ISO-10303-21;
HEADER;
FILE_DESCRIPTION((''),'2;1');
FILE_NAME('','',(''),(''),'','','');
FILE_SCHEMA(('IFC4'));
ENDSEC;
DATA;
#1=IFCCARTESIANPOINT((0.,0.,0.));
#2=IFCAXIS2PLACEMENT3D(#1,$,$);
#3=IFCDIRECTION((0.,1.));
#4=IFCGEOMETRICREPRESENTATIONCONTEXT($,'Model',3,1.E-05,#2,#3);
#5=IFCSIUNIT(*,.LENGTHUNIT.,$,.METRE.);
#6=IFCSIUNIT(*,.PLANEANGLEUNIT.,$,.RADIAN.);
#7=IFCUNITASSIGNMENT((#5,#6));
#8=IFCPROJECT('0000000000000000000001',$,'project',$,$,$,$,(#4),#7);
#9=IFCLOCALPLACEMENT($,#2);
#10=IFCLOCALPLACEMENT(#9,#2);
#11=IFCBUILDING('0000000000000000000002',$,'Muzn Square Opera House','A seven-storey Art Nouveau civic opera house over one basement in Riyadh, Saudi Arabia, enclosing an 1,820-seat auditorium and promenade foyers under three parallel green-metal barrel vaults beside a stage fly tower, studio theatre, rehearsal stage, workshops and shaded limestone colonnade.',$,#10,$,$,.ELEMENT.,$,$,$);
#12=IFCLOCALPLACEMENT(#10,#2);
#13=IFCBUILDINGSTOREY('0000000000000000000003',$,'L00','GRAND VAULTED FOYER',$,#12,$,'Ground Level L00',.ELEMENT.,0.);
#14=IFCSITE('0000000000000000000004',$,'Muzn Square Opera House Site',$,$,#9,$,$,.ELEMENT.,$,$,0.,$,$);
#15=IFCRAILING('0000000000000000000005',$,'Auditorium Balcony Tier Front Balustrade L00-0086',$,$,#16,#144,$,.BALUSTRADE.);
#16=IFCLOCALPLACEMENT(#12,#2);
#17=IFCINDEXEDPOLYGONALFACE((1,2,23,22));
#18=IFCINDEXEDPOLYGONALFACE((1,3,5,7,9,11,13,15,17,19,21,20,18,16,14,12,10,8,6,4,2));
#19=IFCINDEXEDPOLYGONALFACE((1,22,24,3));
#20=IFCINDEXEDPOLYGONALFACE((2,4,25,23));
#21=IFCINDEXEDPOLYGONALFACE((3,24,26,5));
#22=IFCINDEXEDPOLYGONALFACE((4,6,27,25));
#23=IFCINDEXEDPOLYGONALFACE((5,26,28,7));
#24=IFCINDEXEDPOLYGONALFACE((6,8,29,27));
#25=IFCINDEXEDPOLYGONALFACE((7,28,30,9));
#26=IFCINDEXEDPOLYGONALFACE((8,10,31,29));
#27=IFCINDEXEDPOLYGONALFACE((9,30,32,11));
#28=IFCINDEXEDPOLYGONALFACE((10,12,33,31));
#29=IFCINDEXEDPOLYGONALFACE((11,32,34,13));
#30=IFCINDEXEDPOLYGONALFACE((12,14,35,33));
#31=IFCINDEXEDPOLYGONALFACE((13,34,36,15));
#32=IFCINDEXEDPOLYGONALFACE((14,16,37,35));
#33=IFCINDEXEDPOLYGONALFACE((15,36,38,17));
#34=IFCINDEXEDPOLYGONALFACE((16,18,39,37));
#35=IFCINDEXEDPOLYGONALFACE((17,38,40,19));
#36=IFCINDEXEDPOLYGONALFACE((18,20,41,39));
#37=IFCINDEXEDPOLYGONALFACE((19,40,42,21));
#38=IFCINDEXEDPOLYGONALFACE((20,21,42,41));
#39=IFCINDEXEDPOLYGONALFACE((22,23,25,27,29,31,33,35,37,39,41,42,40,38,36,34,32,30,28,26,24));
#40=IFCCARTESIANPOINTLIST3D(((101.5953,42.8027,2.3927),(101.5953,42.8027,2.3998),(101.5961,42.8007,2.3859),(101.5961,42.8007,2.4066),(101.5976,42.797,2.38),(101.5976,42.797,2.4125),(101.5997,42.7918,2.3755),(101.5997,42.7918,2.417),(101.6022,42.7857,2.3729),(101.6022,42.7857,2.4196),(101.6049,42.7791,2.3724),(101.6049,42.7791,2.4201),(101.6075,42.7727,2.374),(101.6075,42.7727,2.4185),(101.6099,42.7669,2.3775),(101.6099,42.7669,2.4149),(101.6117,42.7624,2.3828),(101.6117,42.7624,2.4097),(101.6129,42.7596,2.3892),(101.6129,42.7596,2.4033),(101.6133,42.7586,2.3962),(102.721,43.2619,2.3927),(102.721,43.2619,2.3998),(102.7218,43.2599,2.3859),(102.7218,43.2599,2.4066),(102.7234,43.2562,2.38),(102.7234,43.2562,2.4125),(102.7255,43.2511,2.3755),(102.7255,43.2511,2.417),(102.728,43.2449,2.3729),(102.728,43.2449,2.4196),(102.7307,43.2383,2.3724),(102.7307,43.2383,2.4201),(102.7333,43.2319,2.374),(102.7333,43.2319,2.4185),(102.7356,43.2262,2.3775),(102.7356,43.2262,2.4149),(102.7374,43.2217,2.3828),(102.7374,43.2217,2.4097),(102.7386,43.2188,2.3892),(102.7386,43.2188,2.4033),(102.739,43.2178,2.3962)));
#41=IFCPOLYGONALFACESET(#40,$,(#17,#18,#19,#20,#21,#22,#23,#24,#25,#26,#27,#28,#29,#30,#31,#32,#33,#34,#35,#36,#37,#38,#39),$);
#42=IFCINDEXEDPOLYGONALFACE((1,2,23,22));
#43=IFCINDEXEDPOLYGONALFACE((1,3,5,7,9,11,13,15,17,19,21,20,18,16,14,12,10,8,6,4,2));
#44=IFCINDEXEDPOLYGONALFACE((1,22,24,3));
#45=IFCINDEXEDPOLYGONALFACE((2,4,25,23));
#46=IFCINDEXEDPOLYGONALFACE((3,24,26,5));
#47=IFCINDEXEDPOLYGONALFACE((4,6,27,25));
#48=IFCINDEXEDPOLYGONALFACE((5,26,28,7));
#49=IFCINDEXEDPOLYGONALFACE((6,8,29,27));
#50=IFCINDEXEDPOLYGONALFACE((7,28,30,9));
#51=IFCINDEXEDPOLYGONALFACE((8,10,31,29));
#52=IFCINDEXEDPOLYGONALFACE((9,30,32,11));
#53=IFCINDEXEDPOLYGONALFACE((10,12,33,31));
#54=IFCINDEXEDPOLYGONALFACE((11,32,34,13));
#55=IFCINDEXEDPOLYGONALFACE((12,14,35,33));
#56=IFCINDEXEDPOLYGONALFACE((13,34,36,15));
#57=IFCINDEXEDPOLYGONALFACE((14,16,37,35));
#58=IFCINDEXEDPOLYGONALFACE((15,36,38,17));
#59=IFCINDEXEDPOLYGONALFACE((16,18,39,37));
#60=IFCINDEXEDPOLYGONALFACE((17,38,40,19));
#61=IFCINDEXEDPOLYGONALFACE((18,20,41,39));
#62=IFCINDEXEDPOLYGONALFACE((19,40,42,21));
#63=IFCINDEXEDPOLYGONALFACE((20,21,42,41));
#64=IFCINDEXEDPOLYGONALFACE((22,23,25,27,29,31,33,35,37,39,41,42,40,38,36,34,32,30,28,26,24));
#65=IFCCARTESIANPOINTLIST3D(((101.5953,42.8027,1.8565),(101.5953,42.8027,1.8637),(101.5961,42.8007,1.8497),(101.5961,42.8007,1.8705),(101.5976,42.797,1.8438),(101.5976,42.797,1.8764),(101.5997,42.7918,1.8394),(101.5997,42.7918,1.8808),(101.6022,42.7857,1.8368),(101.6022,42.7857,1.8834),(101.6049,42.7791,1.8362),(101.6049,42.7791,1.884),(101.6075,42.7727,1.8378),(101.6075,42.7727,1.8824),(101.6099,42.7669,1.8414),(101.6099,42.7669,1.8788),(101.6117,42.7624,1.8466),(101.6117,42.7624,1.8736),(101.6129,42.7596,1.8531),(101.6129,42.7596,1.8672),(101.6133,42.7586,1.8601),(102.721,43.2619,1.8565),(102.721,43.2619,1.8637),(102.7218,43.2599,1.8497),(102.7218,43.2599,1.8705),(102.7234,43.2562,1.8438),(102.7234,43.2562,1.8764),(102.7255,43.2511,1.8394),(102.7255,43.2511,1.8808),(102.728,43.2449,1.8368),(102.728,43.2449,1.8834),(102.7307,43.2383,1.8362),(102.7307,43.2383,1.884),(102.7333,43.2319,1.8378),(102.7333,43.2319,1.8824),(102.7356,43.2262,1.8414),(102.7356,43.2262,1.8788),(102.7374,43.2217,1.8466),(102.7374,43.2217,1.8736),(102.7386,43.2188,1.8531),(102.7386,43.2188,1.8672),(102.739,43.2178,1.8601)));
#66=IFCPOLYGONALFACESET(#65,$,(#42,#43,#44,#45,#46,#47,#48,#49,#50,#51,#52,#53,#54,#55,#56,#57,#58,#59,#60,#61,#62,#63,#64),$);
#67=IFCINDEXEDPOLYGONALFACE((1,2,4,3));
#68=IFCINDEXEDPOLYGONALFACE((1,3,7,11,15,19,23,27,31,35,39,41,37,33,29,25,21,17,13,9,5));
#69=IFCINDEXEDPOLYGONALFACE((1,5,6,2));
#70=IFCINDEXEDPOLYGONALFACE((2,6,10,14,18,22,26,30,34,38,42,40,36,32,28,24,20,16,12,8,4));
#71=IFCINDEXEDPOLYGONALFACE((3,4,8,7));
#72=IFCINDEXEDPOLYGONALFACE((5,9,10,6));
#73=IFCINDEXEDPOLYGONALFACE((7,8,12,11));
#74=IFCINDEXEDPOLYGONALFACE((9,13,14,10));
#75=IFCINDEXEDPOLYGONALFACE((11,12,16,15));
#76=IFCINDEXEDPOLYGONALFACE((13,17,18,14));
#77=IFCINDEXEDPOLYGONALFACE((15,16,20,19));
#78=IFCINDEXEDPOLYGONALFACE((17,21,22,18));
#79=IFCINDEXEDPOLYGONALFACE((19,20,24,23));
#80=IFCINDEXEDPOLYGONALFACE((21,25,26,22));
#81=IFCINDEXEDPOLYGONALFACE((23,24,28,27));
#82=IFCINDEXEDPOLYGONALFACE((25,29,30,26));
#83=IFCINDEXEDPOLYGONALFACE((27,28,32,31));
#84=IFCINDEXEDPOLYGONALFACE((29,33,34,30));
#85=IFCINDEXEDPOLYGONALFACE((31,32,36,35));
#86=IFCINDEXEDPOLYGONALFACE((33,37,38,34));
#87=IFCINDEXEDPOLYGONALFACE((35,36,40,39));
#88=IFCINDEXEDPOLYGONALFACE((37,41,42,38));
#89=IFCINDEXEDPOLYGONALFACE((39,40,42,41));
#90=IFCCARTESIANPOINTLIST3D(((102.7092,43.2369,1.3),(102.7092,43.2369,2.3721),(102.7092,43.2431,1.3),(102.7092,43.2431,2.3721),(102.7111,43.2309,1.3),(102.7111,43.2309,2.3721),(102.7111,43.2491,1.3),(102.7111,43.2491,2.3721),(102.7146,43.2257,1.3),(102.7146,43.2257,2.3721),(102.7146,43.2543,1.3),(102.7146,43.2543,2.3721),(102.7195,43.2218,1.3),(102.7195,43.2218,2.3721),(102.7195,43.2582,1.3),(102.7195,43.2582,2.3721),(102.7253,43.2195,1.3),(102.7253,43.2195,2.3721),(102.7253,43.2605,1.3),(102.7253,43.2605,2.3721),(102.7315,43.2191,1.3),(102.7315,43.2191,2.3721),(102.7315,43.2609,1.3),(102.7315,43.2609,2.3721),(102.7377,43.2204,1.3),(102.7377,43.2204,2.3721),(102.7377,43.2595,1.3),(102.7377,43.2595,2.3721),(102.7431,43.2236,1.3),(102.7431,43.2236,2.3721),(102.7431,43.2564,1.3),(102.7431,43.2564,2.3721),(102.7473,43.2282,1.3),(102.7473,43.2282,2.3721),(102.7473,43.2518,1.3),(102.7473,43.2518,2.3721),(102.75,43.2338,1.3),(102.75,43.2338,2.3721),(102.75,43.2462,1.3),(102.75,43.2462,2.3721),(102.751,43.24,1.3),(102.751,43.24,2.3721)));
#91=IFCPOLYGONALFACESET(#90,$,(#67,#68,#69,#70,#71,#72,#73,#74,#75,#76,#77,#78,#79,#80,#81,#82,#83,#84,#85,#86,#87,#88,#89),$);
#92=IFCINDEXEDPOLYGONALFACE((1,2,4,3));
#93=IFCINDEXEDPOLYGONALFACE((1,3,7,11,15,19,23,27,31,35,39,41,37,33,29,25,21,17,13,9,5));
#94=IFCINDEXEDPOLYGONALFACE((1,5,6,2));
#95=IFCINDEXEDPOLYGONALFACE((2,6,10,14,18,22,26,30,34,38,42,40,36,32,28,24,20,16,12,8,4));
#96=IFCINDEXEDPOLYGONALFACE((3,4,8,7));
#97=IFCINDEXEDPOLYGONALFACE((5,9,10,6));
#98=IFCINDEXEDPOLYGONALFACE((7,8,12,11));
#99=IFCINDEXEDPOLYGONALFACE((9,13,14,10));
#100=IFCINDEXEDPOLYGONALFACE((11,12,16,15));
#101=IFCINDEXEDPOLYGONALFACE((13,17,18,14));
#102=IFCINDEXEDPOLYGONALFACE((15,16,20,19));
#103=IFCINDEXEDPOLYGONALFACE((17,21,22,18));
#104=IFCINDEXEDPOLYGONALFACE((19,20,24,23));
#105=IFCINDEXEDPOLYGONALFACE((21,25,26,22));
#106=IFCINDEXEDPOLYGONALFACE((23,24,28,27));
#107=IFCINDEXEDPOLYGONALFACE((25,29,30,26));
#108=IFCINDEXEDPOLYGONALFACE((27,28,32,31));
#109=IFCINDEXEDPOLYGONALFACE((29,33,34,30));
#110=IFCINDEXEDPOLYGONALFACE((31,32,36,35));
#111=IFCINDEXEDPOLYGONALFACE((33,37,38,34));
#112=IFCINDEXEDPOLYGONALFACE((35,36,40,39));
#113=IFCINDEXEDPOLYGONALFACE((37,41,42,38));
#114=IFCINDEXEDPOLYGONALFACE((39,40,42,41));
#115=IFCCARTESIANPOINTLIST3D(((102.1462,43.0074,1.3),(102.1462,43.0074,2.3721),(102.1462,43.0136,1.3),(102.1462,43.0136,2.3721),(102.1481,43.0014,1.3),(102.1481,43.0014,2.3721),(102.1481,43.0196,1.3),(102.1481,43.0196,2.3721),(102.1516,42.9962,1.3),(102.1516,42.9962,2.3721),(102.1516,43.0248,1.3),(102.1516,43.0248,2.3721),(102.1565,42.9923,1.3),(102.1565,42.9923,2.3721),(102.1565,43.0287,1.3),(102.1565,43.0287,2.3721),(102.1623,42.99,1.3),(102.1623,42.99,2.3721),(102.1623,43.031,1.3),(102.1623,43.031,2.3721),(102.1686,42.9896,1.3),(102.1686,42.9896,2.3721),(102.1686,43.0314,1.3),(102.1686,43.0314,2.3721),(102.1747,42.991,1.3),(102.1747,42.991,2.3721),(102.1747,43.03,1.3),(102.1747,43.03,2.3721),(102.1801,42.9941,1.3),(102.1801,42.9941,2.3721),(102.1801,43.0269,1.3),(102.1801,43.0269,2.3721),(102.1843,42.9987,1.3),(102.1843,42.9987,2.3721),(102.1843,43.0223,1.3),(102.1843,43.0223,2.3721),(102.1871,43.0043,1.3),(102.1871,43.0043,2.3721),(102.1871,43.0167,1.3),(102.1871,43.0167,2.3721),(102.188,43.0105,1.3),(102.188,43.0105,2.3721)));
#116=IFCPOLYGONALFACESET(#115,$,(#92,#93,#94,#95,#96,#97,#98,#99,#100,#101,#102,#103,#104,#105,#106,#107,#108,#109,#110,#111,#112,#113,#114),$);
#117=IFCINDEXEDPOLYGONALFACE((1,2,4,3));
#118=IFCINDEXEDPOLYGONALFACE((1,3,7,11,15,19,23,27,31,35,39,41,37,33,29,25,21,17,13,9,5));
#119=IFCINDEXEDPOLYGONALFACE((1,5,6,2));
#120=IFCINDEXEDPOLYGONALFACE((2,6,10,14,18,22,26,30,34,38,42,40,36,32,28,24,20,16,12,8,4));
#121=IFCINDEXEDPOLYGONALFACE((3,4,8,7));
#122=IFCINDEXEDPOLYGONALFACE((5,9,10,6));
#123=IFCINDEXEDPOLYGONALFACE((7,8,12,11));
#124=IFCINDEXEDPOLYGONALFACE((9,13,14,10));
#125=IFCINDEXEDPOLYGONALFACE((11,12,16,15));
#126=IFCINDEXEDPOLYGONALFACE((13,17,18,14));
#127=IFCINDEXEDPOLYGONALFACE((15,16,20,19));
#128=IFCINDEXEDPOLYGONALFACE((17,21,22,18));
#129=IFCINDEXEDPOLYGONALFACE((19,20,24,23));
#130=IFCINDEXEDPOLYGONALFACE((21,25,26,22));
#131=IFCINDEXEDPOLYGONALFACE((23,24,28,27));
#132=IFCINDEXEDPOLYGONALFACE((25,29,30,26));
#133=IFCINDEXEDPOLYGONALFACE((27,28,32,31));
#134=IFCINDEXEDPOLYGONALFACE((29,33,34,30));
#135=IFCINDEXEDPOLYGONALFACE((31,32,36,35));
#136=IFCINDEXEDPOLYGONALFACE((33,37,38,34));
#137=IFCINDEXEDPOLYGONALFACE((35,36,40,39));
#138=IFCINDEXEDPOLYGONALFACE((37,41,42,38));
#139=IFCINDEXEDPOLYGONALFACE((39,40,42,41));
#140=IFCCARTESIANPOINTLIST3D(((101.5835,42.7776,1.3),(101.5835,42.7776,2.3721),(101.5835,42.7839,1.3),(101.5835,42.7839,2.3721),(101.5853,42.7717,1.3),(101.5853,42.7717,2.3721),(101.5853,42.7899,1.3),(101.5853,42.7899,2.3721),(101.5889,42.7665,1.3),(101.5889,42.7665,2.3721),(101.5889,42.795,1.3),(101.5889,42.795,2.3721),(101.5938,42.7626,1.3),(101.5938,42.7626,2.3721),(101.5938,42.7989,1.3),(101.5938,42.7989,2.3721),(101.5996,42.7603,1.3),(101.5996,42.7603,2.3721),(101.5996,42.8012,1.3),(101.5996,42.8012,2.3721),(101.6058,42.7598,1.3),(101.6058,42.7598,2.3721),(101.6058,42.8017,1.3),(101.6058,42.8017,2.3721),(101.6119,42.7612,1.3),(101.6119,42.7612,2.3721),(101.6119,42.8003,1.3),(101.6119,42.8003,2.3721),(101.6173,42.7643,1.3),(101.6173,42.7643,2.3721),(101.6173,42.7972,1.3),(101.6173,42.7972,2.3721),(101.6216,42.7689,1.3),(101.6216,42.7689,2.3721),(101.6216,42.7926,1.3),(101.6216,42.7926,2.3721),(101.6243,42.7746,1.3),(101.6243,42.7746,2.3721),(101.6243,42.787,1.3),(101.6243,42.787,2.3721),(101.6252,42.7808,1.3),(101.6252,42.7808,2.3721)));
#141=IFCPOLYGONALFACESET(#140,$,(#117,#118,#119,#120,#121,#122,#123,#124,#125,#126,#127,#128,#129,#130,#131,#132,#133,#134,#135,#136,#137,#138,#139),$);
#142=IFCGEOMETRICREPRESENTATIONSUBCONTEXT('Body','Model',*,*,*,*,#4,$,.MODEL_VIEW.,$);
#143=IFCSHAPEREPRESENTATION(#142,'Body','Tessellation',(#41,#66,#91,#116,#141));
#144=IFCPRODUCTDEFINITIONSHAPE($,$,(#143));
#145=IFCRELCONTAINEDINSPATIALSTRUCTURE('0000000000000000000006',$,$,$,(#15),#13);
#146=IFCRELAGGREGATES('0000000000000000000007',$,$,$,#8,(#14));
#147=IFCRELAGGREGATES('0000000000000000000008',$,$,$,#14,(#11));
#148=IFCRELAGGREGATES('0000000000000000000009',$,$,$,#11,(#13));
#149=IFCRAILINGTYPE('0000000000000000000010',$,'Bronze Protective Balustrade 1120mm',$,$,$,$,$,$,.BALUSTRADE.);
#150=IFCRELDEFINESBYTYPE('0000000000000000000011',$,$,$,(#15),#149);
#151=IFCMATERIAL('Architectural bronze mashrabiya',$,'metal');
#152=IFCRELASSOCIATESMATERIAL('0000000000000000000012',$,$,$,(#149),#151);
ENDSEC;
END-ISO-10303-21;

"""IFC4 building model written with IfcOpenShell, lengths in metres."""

from ifc_helpers import new_model, si_unit, direction, frame, origin, origin_2d, place, context, subcontext, project, spatial, circle, extrude, material, type_object, element, save


model = new_model("IFC4")

# Units and contexts
model_context = context("Model", 3, precision=1e-05, world=origin(), true_north=direction((0.0, 1.0)))
body_context = subcontext(model_context, "Body", "Model", "MODEL_VIEW")
ifc_project = project(units=[si_unit("LENGTHUNIT", "METRE"), si_unit("PLANEANGLEUNIT", "RADIAN")], contexts=[model_context])

# Site, building, storey
site_placement = place(None, origin())
site = spatial("IfcSite", under=ifc_project, at=site_placement, Name="Muzn Square Opera House Site", CompositionType="ELEMENT", RefElevation=0.0)
building_placement = place(site_placement, origin())
building = spatial("IfcBuilding", under=site, at=building_placement, Name="Muzn Square Opera House", Description="A seven-storey Art Nouveau civic opera house over one basement in Riyadh, Saudi Arabia, enclosing an 1,820-seat auditorium and promenade foyers under three parallel green-metal barrel vaults beside a stage fly tower, studio theatre, rehearsal stage, workshops and shaded limestone colonnade.", CompositionType="ELEMENT")
storey_placement = place(building_placement, origin())
storey = spatial("IfcBuildingStorey", under=building, at=storey_placement, Name="L00", Description="GRAND VAULTED FOYER", LongName="Ground Level L00", CompositionType="ELEMENT", Elevation=0.0)

# Railing
ifc_material_1 = material(Name="Architectural bronze mashrabiya", Category="metal")
railing_type_1 = type_object("IfcRailingType", Name="Bronze Protective Balustrade 1120mm", PredefinedType="BALUSTRADE", material=ifc_material_1)
railing_1_placement = place(storey_placement, frame((102.73, 43.24, 1.3)))
element("IfcRailing", 1, at=railing_1_placement, inside=storey, type_object=railing_type_1, Name="Auditorium Balcony Tier Front Balustrade L00-0086", PredefinedType="BALUSTRADE", context=body_context, shape_type="SweptSolid", body=[
    extrude(circle(Radius=0.0239, at=origin_2d()), frame((0.0, 0.0, 1.0962), z_axis=(-0.925921, -0.377718, 0.0), x_axis=(0.377718, -0.925921, 0.0)), (0.0, 0.0, 1.0), 1.2158),
    extrude(circle(Radius=0.0239, at=origin_2d()), frame((0.0, 0.0, 0.5601), z_axis=(-0.925921, -0.377718, 0.0), x_axis=(0.377718, -0.925921, 0.0)), (0.0, 0.0, 1.0), 1.2158),
    extrude(circle(Radius=0.021, at=origin_2d()), origin(), (0.0, 0.0, 1.0), 1.072),
    extrude(circle(Radius=0.021, at=origin_2d()), frame((-0.563, -0.2295, 0.0)), (0.0, 0.0, 1.0), 1.072),
    extrude(circle(Radius=0.021, at=origin_2d()), frame((-1.1257, -0.4592, 0.0)), (0.0, 0.0, 1.0), 1.072),
])

save(model, "model.ifc")
